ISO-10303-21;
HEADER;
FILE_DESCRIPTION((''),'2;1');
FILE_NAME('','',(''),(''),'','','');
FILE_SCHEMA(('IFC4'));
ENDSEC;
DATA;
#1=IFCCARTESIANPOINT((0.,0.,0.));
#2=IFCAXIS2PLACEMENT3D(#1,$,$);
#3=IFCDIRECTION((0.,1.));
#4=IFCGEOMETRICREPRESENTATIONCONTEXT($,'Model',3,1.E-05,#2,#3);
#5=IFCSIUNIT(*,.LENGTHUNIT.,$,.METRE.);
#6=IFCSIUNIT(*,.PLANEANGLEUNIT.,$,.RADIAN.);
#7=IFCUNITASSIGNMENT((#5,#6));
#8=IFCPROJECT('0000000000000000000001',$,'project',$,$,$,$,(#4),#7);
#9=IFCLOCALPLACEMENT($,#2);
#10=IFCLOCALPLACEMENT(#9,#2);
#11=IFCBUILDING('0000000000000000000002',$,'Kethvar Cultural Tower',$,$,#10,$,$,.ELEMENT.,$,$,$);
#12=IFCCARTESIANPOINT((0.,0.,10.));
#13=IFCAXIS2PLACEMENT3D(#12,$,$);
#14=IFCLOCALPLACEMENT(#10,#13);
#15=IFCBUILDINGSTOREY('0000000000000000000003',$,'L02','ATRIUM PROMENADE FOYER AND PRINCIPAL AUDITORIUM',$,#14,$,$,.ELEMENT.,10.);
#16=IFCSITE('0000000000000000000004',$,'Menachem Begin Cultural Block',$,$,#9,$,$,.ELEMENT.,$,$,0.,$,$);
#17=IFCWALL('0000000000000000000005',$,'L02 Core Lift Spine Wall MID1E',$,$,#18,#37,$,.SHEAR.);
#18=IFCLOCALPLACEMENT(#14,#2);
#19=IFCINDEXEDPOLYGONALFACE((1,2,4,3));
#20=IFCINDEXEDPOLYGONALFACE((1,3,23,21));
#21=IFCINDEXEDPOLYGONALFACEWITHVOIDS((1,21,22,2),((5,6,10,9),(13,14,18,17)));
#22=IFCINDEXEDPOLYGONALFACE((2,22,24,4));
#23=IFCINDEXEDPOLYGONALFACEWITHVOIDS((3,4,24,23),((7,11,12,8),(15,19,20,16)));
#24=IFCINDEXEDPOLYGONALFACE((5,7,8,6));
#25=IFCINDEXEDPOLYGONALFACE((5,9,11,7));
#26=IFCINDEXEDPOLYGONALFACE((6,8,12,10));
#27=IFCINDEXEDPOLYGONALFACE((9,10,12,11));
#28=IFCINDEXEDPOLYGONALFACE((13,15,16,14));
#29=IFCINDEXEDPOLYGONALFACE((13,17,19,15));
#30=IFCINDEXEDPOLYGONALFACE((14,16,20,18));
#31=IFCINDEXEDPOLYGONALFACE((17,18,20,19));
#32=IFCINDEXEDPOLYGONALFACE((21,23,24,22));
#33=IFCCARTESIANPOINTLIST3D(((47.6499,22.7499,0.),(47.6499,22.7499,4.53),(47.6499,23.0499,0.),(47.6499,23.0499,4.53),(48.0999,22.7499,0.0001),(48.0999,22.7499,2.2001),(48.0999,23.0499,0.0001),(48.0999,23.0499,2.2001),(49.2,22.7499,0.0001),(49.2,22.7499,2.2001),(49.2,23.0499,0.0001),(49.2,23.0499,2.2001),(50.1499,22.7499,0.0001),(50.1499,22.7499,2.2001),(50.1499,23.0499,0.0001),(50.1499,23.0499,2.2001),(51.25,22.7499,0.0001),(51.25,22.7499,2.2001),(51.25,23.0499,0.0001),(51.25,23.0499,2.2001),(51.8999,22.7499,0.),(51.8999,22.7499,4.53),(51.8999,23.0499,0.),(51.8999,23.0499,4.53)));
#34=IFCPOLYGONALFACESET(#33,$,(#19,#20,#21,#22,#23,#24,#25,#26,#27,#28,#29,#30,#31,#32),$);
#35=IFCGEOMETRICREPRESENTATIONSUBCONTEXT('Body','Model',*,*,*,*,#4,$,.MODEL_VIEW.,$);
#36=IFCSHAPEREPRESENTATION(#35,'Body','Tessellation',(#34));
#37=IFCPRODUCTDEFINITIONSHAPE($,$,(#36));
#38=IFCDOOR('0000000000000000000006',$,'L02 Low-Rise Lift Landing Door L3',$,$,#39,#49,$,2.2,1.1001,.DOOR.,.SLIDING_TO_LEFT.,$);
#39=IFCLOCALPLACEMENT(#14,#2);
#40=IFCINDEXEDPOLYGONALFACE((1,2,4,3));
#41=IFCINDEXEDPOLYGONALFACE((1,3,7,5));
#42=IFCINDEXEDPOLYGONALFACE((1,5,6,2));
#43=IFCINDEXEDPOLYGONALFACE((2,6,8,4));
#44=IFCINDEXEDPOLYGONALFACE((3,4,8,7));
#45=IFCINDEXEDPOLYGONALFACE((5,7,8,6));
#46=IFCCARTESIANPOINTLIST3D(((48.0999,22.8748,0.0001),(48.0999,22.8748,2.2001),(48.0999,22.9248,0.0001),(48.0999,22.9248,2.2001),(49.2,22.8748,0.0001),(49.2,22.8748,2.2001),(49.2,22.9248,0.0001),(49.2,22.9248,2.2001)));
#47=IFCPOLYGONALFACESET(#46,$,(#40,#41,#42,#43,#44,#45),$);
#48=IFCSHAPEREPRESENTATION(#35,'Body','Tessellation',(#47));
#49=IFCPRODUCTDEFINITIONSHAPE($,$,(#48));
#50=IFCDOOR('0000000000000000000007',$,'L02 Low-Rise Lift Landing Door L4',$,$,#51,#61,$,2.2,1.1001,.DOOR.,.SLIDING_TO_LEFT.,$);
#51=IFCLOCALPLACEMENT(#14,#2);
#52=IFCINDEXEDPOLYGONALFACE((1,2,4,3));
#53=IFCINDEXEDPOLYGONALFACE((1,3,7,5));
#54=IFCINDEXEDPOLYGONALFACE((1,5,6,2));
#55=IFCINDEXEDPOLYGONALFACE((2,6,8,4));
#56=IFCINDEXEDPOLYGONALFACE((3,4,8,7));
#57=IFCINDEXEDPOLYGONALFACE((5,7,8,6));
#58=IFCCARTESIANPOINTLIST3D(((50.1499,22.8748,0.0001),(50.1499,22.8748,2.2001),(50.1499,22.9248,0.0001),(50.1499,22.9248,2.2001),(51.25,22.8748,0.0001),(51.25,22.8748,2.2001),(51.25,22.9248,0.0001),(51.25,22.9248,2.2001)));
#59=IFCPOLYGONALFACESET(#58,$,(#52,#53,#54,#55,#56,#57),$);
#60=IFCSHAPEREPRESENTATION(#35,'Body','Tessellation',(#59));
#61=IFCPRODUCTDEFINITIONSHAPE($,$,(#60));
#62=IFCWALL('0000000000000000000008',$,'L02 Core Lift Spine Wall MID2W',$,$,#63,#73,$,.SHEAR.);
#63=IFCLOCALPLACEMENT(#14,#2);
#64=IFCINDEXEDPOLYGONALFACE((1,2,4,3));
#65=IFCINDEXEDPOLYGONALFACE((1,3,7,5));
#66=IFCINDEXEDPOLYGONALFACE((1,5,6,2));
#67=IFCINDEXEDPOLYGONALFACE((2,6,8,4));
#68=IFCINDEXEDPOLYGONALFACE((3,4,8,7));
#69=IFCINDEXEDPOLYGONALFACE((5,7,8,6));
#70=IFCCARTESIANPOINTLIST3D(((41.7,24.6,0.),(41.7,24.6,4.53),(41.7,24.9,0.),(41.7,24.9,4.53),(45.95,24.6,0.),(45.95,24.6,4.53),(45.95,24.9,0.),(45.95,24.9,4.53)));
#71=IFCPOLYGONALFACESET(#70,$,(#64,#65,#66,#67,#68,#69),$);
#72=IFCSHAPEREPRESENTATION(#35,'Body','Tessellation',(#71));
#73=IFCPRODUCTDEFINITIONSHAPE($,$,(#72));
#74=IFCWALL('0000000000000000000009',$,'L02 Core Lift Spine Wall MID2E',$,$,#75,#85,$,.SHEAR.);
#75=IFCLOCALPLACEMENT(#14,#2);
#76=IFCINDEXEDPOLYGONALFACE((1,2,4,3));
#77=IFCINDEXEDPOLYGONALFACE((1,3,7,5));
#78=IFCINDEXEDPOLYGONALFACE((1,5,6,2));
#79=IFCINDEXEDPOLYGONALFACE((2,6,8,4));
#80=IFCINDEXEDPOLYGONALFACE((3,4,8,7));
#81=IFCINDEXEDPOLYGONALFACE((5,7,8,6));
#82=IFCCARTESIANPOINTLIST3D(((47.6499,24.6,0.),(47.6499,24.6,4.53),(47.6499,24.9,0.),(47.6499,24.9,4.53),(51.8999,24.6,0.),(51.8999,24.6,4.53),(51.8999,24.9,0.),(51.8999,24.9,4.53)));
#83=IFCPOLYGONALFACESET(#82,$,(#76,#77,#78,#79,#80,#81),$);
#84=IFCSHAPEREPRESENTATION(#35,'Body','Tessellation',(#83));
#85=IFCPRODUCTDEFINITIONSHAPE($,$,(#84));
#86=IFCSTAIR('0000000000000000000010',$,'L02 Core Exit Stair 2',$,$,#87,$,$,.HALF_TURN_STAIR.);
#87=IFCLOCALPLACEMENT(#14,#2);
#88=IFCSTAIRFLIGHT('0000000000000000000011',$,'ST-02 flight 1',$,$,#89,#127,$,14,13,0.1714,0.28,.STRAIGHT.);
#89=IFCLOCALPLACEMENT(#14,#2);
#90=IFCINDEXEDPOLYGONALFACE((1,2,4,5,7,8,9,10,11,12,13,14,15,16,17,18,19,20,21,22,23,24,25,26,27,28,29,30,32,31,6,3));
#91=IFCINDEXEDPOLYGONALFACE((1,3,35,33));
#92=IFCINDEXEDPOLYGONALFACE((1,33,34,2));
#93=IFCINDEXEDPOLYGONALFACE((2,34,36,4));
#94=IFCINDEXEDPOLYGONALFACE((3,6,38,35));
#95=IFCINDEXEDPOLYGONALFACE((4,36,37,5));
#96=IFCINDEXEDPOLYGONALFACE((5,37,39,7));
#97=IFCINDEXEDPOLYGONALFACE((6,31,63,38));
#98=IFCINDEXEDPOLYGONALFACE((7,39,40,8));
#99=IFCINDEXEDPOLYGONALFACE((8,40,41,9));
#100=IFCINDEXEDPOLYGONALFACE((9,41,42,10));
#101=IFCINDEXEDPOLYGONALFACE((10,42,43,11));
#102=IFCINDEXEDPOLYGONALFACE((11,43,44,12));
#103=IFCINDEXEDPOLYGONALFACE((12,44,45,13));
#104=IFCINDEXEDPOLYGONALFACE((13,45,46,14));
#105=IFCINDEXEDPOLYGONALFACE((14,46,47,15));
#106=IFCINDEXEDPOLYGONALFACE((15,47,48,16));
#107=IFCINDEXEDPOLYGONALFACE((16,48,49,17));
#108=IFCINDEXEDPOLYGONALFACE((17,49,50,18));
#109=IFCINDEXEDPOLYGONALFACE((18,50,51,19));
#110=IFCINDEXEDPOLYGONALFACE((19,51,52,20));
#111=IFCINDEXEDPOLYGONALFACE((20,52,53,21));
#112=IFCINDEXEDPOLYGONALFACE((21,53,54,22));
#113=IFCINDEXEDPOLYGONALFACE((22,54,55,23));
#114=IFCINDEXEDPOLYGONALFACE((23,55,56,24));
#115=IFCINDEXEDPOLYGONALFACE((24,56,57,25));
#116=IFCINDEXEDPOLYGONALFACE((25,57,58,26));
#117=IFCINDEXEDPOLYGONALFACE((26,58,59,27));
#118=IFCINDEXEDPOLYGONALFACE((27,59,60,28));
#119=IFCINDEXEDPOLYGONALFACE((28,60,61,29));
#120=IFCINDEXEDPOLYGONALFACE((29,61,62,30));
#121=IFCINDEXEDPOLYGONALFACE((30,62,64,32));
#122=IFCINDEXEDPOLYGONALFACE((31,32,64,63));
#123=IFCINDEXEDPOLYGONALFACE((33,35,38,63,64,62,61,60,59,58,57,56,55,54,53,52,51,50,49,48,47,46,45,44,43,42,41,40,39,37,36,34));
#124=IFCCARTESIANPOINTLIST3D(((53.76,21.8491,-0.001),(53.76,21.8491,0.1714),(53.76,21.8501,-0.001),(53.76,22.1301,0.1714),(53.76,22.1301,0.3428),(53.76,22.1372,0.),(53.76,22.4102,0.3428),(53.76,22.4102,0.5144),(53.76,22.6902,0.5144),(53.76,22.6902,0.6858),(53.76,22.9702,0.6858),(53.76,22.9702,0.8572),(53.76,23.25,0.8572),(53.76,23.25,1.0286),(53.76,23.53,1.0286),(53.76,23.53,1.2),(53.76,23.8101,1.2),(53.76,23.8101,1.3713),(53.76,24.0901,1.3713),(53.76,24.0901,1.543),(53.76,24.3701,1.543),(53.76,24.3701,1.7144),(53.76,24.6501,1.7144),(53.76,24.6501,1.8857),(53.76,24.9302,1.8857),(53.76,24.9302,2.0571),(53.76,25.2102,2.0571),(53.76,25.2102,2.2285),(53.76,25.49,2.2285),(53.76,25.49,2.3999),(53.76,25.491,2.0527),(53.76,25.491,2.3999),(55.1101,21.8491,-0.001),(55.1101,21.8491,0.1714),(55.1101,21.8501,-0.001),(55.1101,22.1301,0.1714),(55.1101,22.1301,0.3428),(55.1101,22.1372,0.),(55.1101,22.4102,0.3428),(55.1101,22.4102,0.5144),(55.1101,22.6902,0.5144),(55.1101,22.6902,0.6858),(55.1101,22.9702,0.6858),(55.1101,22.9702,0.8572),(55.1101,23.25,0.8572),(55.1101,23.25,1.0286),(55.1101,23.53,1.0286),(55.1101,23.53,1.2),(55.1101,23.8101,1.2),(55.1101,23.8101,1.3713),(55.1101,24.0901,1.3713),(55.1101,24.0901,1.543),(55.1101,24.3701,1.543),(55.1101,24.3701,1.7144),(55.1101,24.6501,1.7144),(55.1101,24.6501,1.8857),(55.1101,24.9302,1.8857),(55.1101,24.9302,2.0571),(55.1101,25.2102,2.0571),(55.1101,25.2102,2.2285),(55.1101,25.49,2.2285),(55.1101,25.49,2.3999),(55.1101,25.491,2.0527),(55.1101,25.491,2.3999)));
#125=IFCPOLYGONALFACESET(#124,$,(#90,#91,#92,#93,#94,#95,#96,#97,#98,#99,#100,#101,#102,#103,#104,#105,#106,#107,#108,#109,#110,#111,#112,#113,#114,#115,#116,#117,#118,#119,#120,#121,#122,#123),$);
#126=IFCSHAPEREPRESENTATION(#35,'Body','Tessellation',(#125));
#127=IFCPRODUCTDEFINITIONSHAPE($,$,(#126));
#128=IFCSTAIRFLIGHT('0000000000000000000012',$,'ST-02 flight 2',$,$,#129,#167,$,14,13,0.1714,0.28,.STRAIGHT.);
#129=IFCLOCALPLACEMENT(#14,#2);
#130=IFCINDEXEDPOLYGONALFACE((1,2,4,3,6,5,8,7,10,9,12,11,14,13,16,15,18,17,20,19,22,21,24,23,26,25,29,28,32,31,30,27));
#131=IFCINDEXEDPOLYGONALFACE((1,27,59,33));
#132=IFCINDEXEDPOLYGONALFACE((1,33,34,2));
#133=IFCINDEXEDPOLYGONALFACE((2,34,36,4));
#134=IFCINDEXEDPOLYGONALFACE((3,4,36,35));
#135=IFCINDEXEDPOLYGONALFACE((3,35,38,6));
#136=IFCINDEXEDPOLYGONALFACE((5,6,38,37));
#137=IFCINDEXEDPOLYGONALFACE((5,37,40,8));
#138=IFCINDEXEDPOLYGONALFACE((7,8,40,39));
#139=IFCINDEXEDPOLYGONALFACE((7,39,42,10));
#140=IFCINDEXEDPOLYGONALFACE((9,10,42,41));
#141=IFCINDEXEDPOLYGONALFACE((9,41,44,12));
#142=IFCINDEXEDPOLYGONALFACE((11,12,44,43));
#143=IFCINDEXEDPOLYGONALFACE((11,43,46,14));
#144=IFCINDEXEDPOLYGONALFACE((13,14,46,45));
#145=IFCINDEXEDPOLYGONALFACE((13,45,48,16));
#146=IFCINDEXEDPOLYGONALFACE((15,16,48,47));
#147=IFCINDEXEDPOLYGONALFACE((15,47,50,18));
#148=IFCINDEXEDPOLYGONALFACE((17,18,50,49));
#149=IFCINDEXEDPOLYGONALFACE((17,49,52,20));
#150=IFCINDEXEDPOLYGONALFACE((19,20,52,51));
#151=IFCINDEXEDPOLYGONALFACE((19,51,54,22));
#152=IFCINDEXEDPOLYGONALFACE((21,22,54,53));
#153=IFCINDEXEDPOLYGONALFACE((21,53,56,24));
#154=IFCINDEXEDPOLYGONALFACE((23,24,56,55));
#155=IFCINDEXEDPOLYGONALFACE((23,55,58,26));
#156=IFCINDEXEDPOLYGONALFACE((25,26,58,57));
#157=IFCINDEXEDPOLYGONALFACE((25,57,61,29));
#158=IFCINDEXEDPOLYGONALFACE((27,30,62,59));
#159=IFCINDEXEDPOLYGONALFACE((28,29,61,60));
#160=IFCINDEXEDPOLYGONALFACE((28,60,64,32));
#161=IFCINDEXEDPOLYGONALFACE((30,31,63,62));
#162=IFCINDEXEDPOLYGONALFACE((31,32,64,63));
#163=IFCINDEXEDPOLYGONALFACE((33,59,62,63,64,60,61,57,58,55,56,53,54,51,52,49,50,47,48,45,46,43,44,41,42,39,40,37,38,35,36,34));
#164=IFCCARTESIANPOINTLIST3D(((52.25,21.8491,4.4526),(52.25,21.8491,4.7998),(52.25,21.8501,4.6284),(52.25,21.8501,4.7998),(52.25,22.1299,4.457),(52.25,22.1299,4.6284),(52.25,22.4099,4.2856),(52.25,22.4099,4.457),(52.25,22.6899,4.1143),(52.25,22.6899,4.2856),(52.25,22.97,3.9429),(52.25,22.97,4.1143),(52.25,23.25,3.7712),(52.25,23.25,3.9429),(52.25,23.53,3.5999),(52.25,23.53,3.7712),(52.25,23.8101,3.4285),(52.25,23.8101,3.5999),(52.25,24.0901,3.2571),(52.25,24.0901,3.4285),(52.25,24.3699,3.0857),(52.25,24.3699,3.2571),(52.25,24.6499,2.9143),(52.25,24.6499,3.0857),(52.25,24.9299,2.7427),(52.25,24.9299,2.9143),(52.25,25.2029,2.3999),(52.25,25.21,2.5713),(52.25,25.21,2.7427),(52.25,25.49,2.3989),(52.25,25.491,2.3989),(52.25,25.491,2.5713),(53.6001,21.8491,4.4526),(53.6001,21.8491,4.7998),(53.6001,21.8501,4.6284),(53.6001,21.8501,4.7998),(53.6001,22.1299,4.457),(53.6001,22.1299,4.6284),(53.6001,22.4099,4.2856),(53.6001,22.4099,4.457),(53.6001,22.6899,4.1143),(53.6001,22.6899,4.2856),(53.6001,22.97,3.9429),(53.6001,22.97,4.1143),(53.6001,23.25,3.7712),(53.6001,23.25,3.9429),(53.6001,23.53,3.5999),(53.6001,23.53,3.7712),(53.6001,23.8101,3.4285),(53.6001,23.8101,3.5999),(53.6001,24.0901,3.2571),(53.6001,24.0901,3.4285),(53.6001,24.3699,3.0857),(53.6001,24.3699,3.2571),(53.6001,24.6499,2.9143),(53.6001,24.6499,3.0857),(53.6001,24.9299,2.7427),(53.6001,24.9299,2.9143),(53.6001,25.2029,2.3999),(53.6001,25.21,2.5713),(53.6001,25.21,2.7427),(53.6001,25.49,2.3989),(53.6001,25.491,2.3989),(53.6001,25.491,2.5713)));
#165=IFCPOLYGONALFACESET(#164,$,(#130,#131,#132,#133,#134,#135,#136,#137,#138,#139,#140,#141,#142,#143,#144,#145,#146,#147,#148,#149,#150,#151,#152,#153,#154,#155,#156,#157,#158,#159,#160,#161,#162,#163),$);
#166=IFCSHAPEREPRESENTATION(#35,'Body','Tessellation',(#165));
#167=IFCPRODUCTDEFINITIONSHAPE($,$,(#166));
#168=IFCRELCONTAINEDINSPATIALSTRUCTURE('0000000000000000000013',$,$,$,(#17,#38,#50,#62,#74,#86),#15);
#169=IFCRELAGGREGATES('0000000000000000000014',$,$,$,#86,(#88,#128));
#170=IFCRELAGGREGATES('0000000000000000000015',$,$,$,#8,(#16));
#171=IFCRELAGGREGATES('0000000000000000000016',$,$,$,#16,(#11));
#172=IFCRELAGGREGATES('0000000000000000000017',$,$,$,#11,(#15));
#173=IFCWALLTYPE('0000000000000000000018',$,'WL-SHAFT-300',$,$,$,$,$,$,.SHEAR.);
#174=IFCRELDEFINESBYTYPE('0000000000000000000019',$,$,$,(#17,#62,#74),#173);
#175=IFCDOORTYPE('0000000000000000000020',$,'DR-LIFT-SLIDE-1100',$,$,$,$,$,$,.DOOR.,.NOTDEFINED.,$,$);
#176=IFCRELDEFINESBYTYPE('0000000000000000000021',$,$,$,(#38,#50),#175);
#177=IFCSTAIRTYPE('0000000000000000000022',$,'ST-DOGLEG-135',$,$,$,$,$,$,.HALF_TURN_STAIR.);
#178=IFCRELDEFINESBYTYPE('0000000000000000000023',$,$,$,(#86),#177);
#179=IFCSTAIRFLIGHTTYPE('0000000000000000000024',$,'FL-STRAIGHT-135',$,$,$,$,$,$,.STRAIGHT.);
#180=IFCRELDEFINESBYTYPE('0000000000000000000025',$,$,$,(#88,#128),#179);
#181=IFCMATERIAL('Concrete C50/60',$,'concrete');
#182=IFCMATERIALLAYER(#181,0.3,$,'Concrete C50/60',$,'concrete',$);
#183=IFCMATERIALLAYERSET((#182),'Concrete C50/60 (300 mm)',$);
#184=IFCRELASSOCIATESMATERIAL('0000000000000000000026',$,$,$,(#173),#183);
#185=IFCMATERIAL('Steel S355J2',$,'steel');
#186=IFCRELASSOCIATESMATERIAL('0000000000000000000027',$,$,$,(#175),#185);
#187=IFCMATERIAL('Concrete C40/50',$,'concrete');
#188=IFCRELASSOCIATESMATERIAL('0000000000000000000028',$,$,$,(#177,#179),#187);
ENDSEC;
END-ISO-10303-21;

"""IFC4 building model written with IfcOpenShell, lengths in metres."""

from ifc_helpers import new_model, si_unit, direction, frame, frame_2d, origin, place, context, subcontext, project, spatial, polyline, rectangle, outline, extrude, source, transform, mapped, material, layer, layer_set, type_object, element, fill, aggregate, save


model = new_model("IFC4")

# Units and contexts
model_context = context("Model", 3, precision=1e-05, world=origin(), true_north=direction((0.0, 1.0)))
body_context = subcontext(model_context, "Body", "Model", "MODEL_VIEW")
ifc_project = project(units=[si_unit("LENGTHUNIT", "METRE"), si_unit("PLANEANGLEUNIT", "RADIAN")], contexts=[model_context])

# Site, building, storey
site_placement = place(None, origin())
site = spatial("IfcSite", under=ifc_project, at=site_placement, Name="Menachem Begin Cultural Block", CompositionType="ELEMENT", RefElevation=0.0)
building_placement = place(site_placement, origin())
building = spatial("IfcBuilding", under=site, at=building_placement, Name="Kethvar Cultural Tower", CompositionType="ELEMENT")
storey_placement = place(building_placement, frame((0.0, 0.0, 10.0)))
storey = spatial("IfcBuildingStorey", under=building, at=storey_placement, Name="L02", Description="ATRIUM PROMENADE FOYER AND PRINCIPAL AUDITORIUM", CompositionType="ELEMENT", Elevation=10.0)

# Shared definitions
ifc_material_1 = material(Name="Steel S355J2", Category="steel")

# Shared definitions
ifc_material_2 = material(Name="Concrete C40/50", Category="concrete")

# Wall, openings, doors
ifc_material_3 = material(Name="Concrete C50/60", Category="concrete")
ifc_layer_1 = layer(ifc_material_3, 0.3, Name="Concrete C50/60", Category="concrete")
ifc_layer_set_1 = layer_set([ifc_layer_1], Name="Concrete C50/60 (300 mm)")
wall_type_1 = type_object("IfcWallType", Name="WL-SHAFT-300", PredefinedType="SHEAR", material=ifc_layer_set_1)
wall_1_placement = place(storey_placement, frame((47.6499, 22.8999, 0.0), z_axis=(0.0, 0.0, 1.0), x_axis=(1.0, 0.0, 0.0)))
wall_1 = element("IfcWall", 1, at=wall_1_placement, inside=storey, type_object=wall_type_1, Name="L02 Core Lift Spine Wall MID1E", PredefinedType="SHEAR", context=body_context, shape_type="SweptSolid", body=[
    extrude(rectangle(XDim=4.25, YDim=0.3, at=frame_2d((2.125, 0.0))), origin(), (0.0, 0.0, 1.0), 4.53),
])
opening_1_placement = place(wall_1_placement, frame((0.45, 0.0, 0.0)))
opening_1 = element("IfcOpeningElement", 2, at=opening_1_placement, cuts=wall_1, PredefinedType="OPENING", context=body_context, shape_type="SweptSolid", body=[
    extrude(rectangle(XDim=1.1001, YDim=2.2, at=frame_2d((0.55, 1.1001))), frame((0.0, 0.1599, 0.0), z_axis=(0.0, -1.0, 0.0), x_axis=(1.0, 0.0, 0.0)), (0.0, 0.0, 1.0), 0.3201),
])
opening_2_placement = place(wall_1_placement, frame((2.5, 0.0, 0.0)))
opening_2 = element("IfcOpeningElement", 3, at=opening_2_placement, cuts=wall_1, PredefinedType="OPENING", context=body_context, shape_type="SweptSolid", body=[
    extrude(rectangle(XDim=1.1001, YDim=2.2, at=frame_2d((0.55, 1.1001))), frame((0.0, 0.1599, 0.0), z_axis=(0.0, -1.0, 0.0), x_axis=(1.0, 0.0, 0.0)), (0.0, 0.0, 1.0), 0.3201),
])
door_type_1 = type_object("IfcDoorType", Name="DR-LIFT-SLIDE-1100", OperationType="NOTDEFINED", PredefinedType="DOOR", material=ifc_material_1)
shared_shape_1 = source(origin(), body_context, "Body", "SweptSolid", [
    extrude(rectangle(XDim=1.1001, YDim=2.2, at=frame_2d((0.55, 1.1001))), frame((0.0, 0.0249, 0.0), z_axis=(0.0, -1.0, 0.0), x_axis=(1.0, 0.0, 0.0)), (0.0, 0.0, 1.0), 0.05),
])
door_1_placement = place(opening_1_placement, origin())
door_1 = element("IfcDoor", 4, at=door_1_placement, inside=storey, type_object=door_type_1, Name="L02 Low-Rise Lift Landing Door L3", OperationType="SLIDING_TO_LEFT", OverallHeight=2.2, OverallWidth=1.1001, PredefinedType="DOOR", context=body_context, shape_type="MappedRepresentation", body=[
    mapped(shared_shape_1, transform((0.0, 0.0, 0.0), scale=1.0)),
])
fill(opening_1, door_1)
door_2_placement = place(opening_2_placement, origin())
door_2 = element("IfcDoor", 5, at=door_2_placement, inside=storey, type_object=door_type_1, Name="L02 Low-Rise Lift Landing Door L4", OperationType="SLIDING_TO_LEFT", OverallHeight=2.2, OverallWidth=1.1001, PredefinedType="DOOR", context=body_context, shape_type="MappedRepresentation", body=[
    mapped(shared_shape_1, transform((0.0, 0.0, 0.0), scale=1.0)),
])
fill(opening_2, door_2)

# Walls
for number, where, z_axis, x_axis, name in (
    (6, (41.7, 24.75, 0.0), (0.0, 0.0, 1.0), (1.0, 0.0, 0.0), "L02 Core Lift Spine Wall MID2W"),
    (7, (47.6499, 24.75, 0.0), (0.0, 0.0, 1.0), (1.0, 0.0, 0.0), "L02 Core Lift Spine Wall MID2E"),
):
    element("IfcWall", number, at=place(storey_placement, frame(where, z_axis=z_axis, x_axis=x_axis)), inside=storey, type_object=wall_type_1, Name=name, PredefinedType="SHEAR", context=body_context, shape_type="SweptSolid", body=[
        extrude(rectangle(XDim=4.25, YDim=0.3, at=frame_2d((2.125, 0.0))), origin(), (0.0, 0.0, 1.0), 4.53),
    ])

# Stair, stair flights
stair_type = type_object("IfcStairType", Name="ST-DOGLEG-135", PredefinedType="HALF_TURN_STAIR", material=ifc_material_2)
stair_placement = place(storey_placement, origin())
stair = element("IfcStair", 8, at=stair_placement, inside=storey, type_object=stair_type, Name="L02 Core Exit Stair 2", PredefinedType="HALF_TURN_STAIR")
stair_flight_type = type_object("IfcStairFlightType", Name="FL-STRAIGHT-135", PredefinedType="STRAIGHT", material=ifc_material_2)
stair_flight_1_placement = place(storey_placement, frame((54.4351, 21.8501, 0.0), z_axis=(0.0, 0.0, 1.0), x_axis=(0.0, 1.0, 0.0)))
stair_flight_1 = element("IfcStairFlight", 9, at=stair_flight_1_placement, type_object=stair_flight_type, Name="ST-02 flight 1", NumberOfRisers=14, NumberOfTreads=13, PredefinedType="STRAIGHT", RiserHeight=0.1714, TreadLength=0.28, context=body_context, shape_type="SweptSolid", body=[
    extrude(outline(polyline([(-0.001, -0.001), (-0.001, 0.1714), (0.28, 0.1714), (0.28, 0.3428), (0.5601, 0.3428), (0.5601, 0.5144), (0.8401, 0.5144), (0.8401, 0.6858), (1.1201, 0.6858), (1.1201, 0.8572), (1.3999, 0.8572), (1.3999, 1.0286), (1.6799, 1.0286), (1.6799, 1.2), (1.96, 1.2), (1.96, 1.3713), (2.24, 1.3713), (2.24, 1.543), (2.52, 1.543), (2.52, 1.7144), (2.8, 1.7144), (2.8, 1.8857), (3.0801, 1.8857), (3.0801, 2.0571), (3.3601, 2.0571), (3.3601, 2.2285), (3.6399, 2.2285), (3.6399, 2.3999), (3.6409, 2.3999), (3.6409, 2.0527), (0.2871, 0.0), (0.0, -0.001), (-0.001, -0.001)])), frame((0.0, 0.675, 0.0), z_axis=(0.0, -1.0, 0.0), x_axis=(1.0, 0.0, 0.0)), (0.0, 0.0, 1.0), 1.3501),
])
stair_flight_2_placement = place(storey_placement, frame((52.925, 25.49, 2.3999), z_axis=(0.0, 0.0, 1.0), x_axis=(0.0, -1.0, 0.0)))
stair_flight_2 = element("IfcStairFlight", 10, at=stair_flight_2_placement, type_object=stair_flight_type, Name="ST-02 flight 2", NumberOfRisers=14, NumberOfTreads=13, PredefinedType="STRAIGHT", RiserHeight=0.1714, TreadLength=0.28, context=body_context, shape_type="SweptSolid", body=[
    extrude(outline(polyline([(-0.001, -0.001), (-0.001, 0.1714), (0.28, 0.1714), (0.28, 0.3428), (0.5601, 0.3428), (0.5601, 0.5144), (0.8401, 0.5144), (0.8401, 0.6858), (1.1201, 0.6858), (1.1201, 0.8572), (1.3999, 0.8572), (1.3999, 1.0286), (1.6799, 1.0286), (1.6799, 1.2), (1.96, 1.2), (1.96, 1.3713), (2.24, 1.3713), (2.24, 1.543), (2.52, 1.543), (2.52, 1.7144), (2.8, 1.7144), (2.8, 1.8857), (3.0801, 1.8857), (3.0801, 2.0571), (3.3601, 2.0571), (3.3601, 2.2285), (3.6399, 2.2285), (3.6399, 2.3999), (3.6409, 2.3999), (3.6409, 2.0527), (0.2871, 0.0), (0.0, -0.001), (-0.001, -0.001)])), frame((0.0, 0.675, 0.0), z_axis=(0.0, -1.0, 0.0), x_axis=(1.0, 0.0, 0.0)), (0.0, 0.0, 1.0), 1.3501),
])
aggregate(stair, [stair_flight_1, stair_flight_2])

save(model, "model.ifc")
